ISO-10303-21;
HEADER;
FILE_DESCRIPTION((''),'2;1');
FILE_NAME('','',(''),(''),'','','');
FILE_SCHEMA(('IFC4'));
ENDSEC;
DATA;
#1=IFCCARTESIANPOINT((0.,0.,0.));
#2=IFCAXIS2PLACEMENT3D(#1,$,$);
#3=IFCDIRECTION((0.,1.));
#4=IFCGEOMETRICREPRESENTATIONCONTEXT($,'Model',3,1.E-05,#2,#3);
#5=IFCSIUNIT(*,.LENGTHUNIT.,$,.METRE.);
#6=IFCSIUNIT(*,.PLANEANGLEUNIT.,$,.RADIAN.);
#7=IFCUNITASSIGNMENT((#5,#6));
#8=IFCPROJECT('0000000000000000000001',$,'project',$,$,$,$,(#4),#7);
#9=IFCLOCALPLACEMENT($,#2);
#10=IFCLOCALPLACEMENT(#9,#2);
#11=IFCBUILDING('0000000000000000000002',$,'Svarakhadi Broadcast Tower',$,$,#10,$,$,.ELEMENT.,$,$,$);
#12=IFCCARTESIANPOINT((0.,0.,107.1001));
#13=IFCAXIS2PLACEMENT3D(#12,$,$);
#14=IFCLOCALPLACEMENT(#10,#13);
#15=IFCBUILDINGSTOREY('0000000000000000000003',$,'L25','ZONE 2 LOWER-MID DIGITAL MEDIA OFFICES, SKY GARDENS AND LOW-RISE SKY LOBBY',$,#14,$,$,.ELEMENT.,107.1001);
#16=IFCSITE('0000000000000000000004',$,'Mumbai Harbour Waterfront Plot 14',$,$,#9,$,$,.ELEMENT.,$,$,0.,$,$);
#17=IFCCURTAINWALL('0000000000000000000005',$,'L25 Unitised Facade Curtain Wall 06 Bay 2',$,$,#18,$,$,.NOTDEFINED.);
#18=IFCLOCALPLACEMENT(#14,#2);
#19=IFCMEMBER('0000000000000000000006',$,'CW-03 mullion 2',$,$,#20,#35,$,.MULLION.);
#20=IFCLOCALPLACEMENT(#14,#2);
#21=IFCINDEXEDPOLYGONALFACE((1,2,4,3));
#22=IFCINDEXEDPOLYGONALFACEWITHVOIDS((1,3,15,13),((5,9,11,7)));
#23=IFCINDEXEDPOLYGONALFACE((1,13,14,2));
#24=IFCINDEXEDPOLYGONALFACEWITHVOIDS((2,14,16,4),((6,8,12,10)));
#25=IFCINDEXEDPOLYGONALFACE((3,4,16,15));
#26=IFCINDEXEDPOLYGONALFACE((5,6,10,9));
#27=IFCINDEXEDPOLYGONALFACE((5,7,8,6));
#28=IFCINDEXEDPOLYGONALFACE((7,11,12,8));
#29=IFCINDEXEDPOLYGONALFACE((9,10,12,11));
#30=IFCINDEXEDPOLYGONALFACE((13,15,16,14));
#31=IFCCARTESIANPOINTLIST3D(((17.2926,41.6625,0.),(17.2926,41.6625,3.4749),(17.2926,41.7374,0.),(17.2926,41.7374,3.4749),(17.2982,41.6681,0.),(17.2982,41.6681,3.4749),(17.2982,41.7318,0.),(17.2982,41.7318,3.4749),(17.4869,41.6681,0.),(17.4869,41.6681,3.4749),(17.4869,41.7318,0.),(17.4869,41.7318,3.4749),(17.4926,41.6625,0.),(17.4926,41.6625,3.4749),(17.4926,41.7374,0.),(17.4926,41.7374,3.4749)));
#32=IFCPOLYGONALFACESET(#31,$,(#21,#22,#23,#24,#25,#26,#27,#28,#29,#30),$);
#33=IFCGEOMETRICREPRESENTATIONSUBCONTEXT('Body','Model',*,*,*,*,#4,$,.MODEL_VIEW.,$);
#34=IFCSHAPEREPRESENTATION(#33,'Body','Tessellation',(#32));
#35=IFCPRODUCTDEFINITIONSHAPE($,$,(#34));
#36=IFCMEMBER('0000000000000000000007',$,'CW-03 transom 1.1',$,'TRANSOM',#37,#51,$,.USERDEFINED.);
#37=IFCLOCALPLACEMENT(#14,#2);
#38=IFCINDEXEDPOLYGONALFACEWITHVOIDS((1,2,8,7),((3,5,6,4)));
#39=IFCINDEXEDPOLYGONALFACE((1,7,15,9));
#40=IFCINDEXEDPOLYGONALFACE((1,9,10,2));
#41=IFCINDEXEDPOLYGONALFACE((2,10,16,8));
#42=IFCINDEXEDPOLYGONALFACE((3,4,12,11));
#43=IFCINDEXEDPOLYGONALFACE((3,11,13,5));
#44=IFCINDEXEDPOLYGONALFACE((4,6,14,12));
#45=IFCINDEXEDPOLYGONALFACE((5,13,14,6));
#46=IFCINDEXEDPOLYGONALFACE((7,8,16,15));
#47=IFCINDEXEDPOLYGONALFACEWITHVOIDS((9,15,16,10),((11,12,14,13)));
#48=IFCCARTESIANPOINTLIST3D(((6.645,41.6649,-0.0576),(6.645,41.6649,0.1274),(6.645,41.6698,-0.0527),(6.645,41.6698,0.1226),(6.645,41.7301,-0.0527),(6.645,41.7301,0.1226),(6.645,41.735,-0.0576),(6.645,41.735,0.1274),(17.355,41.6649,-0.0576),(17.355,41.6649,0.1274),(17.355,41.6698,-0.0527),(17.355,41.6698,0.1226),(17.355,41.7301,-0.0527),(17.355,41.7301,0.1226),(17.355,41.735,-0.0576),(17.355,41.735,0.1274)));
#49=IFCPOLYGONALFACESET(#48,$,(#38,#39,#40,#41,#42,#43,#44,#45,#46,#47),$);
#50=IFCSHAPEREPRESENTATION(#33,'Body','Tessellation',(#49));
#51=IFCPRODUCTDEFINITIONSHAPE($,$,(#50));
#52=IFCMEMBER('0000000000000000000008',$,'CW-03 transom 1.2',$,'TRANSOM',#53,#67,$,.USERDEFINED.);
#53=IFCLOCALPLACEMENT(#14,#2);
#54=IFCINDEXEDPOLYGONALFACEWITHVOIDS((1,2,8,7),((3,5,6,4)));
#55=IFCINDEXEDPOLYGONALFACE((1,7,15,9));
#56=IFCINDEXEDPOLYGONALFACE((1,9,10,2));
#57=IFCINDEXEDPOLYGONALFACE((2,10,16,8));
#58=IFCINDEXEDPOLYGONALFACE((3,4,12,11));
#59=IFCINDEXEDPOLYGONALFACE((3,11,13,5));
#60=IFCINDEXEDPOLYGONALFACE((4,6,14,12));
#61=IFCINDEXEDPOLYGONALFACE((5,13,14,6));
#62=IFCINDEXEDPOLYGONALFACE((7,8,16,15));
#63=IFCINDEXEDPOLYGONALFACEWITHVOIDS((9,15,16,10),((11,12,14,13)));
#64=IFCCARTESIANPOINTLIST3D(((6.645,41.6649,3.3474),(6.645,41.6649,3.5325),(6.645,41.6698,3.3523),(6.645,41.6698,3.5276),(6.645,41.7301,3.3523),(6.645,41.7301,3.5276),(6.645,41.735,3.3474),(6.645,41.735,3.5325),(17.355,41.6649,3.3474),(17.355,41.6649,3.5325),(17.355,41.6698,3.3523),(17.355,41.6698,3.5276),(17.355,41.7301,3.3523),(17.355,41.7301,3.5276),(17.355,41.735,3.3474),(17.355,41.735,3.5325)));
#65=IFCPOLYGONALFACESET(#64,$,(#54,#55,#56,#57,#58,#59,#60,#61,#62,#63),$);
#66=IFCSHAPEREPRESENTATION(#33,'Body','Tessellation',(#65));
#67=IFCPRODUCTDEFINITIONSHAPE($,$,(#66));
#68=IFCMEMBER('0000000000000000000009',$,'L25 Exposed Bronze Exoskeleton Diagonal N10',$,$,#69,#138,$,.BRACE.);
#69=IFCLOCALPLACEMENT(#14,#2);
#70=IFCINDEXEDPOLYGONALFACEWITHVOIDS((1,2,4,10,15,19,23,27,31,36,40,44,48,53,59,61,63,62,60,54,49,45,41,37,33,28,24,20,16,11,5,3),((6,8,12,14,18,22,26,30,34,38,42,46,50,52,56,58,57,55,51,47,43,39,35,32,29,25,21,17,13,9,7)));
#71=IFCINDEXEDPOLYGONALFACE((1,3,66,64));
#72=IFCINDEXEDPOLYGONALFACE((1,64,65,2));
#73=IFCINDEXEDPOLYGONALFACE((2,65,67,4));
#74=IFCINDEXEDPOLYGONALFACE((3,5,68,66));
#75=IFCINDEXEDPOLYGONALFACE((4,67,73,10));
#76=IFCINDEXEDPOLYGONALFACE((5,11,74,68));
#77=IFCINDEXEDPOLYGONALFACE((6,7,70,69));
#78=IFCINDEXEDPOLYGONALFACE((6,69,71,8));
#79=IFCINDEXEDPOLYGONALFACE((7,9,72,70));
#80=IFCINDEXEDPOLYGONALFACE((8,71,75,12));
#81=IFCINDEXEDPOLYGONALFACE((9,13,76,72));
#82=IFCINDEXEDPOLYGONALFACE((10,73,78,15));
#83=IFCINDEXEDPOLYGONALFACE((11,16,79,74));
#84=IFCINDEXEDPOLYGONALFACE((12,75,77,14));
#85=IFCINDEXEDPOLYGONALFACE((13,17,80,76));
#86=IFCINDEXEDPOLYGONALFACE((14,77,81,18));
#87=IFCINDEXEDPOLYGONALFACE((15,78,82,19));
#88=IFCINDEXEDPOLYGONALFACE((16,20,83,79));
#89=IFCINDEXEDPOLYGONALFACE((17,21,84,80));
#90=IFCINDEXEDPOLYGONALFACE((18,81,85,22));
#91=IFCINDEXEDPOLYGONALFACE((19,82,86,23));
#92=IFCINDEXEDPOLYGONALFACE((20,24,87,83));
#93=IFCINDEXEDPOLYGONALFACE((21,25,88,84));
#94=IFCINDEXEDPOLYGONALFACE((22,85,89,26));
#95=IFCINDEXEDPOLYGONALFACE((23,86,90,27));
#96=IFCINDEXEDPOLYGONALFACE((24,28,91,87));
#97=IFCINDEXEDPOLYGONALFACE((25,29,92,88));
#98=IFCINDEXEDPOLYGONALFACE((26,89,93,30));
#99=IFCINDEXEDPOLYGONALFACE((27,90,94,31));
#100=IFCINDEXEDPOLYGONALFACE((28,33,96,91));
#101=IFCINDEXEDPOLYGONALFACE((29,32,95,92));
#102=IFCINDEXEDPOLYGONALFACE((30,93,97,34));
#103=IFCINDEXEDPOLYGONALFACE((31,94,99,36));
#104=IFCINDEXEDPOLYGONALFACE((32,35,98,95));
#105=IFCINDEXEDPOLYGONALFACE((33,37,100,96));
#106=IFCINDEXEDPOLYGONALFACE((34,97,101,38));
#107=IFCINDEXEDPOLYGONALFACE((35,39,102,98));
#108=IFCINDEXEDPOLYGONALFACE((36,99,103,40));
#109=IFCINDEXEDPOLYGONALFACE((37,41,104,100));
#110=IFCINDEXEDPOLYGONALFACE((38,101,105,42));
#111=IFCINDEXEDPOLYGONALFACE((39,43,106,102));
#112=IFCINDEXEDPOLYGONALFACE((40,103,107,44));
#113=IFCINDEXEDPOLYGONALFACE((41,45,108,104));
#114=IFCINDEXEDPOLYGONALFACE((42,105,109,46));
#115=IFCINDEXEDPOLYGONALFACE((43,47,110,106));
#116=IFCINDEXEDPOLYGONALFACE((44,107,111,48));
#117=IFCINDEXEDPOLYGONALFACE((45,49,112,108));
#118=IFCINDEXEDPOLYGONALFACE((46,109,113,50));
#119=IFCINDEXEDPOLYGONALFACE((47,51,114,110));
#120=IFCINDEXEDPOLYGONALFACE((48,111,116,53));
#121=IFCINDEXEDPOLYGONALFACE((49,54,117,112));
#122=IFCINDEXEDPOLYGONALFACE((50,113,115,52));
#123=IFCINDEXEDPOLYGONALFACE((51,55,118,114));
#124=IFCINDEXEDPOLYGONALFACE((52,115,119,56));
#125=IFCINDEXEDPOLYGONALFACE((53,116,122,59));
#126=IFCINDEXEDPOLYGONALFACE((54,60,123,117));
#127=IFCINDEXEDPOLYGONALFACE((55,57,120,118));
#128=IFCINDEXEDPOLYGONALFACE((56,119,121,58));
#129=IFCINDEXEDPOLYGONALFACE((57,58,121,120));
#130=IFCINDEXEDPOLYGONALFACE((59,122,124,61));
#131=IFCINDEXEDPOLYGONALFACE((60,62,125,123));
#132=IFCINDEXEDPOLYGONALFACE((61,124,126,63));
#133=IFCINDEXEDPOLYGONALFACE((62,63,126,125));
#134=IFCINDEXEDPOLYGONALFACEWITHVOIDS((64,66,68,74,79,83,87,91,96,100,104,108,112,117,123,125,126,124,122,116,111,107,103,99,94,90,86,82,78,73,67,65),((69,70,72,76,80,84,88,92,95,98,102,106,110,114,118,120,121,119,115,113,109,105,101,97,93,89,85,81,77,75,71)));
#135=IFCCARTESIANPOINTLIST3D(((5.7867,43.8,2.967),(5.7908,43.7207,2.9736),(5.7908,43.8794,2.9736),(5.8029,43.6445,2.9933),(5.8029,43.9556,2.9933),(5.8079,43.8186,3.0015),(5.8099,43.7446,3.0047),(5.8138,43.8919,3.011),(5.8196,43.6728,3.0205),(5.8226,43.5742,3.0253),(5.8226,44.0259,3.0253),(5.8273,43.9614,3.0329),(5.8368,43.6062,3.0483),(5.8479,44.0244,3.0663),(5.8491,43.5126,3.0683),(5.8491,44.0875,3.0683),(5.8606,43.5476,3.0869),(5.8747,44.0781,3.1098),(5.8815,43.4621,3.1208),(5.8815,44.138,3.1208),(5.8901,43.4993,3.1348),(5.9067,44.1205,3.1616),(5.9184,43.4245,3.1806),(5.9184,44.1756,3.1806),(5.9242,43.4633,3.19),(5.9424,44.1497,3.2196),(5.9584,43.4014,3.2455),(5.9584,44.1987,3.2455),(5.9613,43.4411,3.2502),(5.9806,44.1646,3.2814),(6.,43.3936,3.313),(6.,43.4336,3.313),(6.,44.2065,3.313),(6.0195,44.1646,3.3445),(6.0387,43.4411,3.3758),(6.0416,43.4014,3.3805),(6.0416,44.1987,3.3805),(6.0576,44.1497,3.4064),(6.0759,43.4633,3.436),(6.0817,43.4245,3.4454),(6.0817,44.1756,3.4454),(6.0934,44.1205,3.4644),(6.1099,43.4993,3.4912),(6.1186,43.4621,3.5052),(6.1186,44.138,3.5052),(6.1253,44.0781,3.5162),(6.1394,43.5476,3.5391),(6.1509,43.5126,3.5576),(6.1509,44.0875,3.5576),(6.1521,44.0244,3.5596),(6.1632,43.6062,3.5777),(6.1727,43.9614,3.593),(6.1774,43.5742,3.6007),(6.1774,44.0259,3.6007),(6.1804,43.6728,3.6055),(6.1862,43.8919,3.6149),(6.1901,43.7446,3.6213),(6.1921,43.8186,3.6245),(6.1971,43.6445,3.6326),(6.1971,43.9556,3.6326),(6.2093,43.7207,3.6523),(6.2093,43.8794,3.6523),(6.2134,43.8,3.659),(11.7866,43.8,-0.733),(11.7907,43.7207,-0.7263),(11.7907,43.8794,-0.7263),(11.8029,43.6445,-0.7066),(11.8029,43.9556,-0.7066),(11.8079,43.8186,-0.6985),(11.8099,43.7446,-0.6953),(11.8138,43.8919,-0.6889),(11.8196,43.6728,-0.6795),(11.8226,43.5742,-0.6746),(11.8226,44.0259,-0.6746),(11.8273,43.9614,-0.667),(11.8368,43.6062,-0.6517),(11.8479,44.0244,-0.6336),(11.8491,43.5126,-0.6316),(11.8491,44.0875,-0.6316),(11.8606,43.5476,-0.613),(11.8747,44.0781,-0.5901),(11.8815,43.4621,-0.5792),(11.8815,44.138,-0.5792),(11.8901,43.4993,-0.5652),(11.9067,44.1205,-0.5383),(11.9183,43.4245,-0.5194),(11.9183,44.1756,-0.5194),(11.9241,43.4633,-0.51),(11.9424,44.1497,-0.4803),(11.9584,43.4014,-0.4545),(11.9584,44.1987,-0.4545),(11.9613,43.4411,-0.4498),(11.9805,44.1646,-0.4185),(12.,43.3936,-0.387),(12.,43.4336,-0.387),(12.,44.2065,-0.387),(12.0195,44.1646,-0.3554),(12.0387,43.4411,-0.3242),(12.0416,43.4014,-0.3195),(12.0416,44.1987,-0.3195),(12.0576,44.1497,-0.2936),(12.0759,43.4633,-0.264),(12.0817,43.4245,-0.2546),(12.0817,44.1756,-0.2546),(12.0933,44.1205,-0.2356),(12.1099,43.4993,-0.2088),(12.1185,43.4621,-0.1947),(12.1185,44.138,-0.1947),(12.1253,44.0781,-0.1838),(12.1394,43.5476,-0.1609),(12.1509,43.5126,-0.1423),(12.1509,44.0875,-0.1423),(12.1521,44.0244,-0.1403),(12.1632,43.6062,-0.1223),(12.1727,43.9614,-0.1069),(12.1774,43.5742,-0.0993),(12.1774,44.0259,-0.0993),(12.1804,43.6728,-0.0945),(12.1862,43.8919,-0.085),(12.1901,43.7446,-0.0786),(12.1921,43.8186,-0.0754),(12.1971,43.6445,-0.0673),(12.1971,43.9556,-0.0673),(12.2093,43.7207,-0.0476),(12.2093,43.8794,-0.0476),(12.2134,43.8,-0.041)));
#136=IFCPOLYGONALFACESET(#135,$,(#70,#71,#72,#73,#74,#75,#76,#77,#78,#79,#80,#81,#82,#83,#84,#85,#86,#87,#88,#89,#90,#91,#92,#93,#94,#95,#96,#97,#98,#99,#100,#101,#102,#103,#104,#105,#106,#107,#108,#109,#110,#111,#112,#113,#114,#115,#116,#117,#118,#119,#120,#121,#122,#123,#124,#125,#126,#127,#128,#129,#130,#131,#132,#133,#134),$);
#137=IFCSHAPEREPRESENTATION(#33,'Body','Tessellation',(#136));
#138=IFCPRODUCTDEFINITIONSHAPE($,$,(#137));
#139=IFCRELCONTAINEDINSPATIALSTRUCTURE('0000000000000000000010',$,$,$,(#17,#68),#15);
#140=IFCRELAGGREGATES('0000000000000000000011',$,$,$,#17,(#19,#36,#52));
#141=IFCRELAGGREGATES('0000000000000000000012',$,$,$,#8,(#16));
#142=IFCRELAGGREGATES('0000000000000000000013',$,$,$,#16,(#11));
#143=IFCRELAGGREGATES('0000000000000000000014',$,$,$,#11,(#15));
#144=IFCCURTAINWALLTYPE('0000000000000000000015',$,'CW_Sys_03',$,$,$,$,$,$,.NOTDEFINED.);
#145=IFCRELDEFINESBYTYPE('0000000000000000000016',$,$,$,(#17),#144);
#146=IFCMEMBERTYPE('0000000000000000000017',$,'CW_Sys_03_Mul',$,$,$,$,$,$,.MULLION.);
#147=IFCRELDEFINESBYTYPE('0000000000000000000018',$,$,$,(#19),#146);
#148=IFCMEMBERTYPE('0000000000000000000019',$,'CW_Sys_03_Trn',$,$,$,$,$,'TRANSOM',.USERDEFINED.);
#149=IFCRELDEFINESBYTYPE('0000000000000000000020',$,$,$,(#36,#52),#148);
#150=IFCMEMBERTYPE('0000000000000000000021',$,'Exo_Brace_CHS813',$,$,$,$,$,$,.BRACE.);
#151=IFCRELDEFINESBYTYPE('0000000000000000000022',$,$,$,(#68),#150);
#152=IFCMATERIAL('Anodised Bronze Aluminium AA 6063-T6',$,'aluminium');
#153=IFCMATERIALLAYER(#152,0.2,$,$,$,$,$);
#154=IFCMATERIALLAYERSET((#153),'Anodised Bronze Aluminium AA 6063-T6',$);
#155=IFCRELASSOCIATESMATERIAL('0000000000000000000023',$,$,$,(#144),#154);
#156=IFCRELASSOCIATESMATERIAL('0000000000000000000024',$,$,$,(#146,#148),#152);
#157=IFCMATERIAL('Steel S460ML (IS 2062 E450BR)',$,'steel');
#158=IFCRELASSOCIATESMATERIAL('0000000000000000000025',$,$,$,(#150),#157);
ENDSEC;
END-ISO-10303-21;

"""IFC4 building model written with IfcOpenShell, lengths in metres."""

from ifc_helpers import new_model, si_unit, direction, frame, origin, origin_2d, place, context, subcontext, project, spatial, hollow_rectangle, hollow_circle, extrude, material, layer, layer_set, material_profile, profile_set, type_object, element, aggregate, save


model = new_model("IFC4")

# Units and contexts
model_context = context("Model", 3, precision=1e-05, world=origin(), true_north=direction((0.0, 1.0)))
body_context = subcontext(model_context, "Body", "Model", "MODEL_VIEW")
ifc_project = project(units=[si_unit("LENGTHUNIT", "METRE"), si_unit("PLANEANGLEUNIT", "RADIAN")], contexts=[model_context])

# Site, building, storey
site_placement = place(None, origin())
site = spatial("IfcSite", under=ifc_project, at=site_placement, Name="Mumbai Harbour Waterfront Plot 14", CompositionType="ELEMENT", RefElevation=0.0)
building_placement = place(site_placement, origin())
building = spatial("IfcBuilding", under=site, at=building_placement, Name="Svarakhadi Broadcast Tower", CompositionType="ELEMENT")
storey_placement = place(building_placement, frame((0.0, 0.0, 107.1001)))
storey = spatial("IfcBuildingStorey", under=building, at=storey_placement, Name="L25", Description="ZONE 2 LOWER-MID DIGITAL MEDIA OFFICES, SKY GARDENS AND LOW-RISE SKY LOBBY", CompositionType="ELEMENT", Elevation=107.1001)

# Shared definitions
ifc_material_1 = material(Name="Steel S460ML (IS 2062 E450BR)", Category="steel")

# Curtain wall, members
ifc_material_2 = material(Name="Anodised Bronze Aluminium AA 6063-T6", Category="aluminium")
ifc_layer_1 = layer(ifc_material_2, 0.2)
ifc_layer_set_1 = layer_set([ifc_layer_1], Name="Anodised Bronze Aluminium AA 6063-T6")
curtain_wall_type = type_object("IfcCurtainWallType", Name="CW_Sys_03", PredefinedType="NOTDEFINED", material=ifc_layer_set_1)
curtain_wall_placement = place(storey_placement, origin())
curtain_wall = element("IfcCurtainWall", 1, at=curtain_wall_placement, inside=storey, type_object=curtain_wall_type, Name="L25 Unitised Facade Curtain Wall 06 Bay 2", PredefinedType="NOTDEFINED")
ifc_material_profile_1 = material_profile(ifc_material_2, hollow_rectangle(XDim=0.075, YDim=0.2, WallThickness=0.0056, at=origin_2d()), Name="ALU MULLION 200x75x6")
ifc_profile_set_1 = profile_set([ifc_material_profile_1], Name="Anodised Bronze Aluminium AA 6063-T6")
member_type_1 = type_object("IfcMemberType", Name="CW_Sys_03_Mul", PredefinedType="MULLION", material=ifc_profile_set_1)
member_1_placement = place(storey_placement, frame((17.3926, 41.7, 0.0), z_axis=(0.0, 0.0, 1.0), x_axis=(0.0, 1.0, 0.0)))
member_1 = element("IfcMember", 2, at=member_1_placement, type_object=member_type_1, Name="CW-03 mullion 2", PredefinedType="MULLION", context=body_context, shape_type="SweptSolid", body=[
    extrude(hollow_rectangle(XDim=0.075, YDim=0.2, WallThickness=0.0056, at=origin_2d()), origin(), (0.0, 0.0, 1.0), 3.4749),
])
ifc_material_profile_2 = material_profile(ifc_material_2, hollow_rectangle(XDim=0.0701, YDim=0.1851, WallThickness=0.0049, at=origin_2d()), Name="ALU TRANSOM 185x70x5")
ifc_profile_set_2 = profile_set([ifc_material_profile_2], Name="Anodised Bronze Aluminium AA 6063-T6")
member_type_2 = type_object("IfcMemberType", Name="CW_Sys_03_Trn", ElementType="TRANSOM", PredefinedType="USERDEFINED", material=ifc_profile_set_2)
member_2_placement = place(storey_placement, frame((6.645, 41.7, 0.0349), z_axis=(1.0, 0.0, 0.0), x_axis=(0.0, 1.0, 0.0)))
member_2 = element("IfcMember", 3, at=member_2_placement, type_object=member_type_2, Name="CW-03 transom 1.1", ObjectType="TRANSOM", PredefinedType="USERDEFINED", context=body_context, shape_type="SweptSolid", body=[
    extrude(hollow_rectangle(XDim=0.0701, YDim=0.1851, WallThickness=0.0049, at=origin_2d()), origin(), (0.0, 0.0, 1.0), 10.71),
])
member_3_placement = place(storey_placement, frame((6.645, 41.7, 3.4399), z_axis=(1.0, 0.0, 0.0), x_axis=(0.0, 1.0, 0.0)))
member_3 = element("IfcMember", 4, at=member_3_placement, type_object=member_type_2, Name="CW-03 transom 1.2", ObjectType="TRANSOM", PredefinedType="USERDEFINED", context=body_context, shape_type="SweptSolid", body=[
    extrude(hollow_rectangle(XDim=0.0701, YDim=0.1851, WallThickness=0.0049, at=origin_2d()), origin(), (0.0, 0.0, 1.0), 10.71),
])

# Member
ifc_material_profile_3 = material_profile(ifc_material_1, hollow_circle(Radius=0.4065, WallThickness=0.04, at=origin_2d()), Name="CHS 813x40")
ifc_profile_set_3 = profile_set([ifc_material_profile_3], Name="Steel S460ML (IS 2062 E450BR)")
member_type_3 = type_object("IfcMemberType", Name="Exo_Brace_CHS813", PredefinedType="BRACE", material=ifc_profile_set_3)
for number, where, z_axis, x_axis, name in (
    (5, (12.0, 43.8, -0.387), (-0.851174, 0.0, 0.524884), (0.0, -1.0, 0.0), "L25 Exposed Bronze Exoskeleton Diagonal N10"),
):
    element("IfcMember", number, at=place(storey_placement, frame(where, z_axis=z_axis, x_axis=x_axis)), inside=storey, type_object=member_type_3, Name=name, PredefinedType="BRACE", context=body_context, shape_type="SweptSolid", body=[
        extrude(hollow_circle(Radius=0.4065, WallThickness=0.04, at=origin_2d()), origin(), (0.0, 0.0, 1.0), 7.0491),
    ])

aggregate(curtain_wall, [member_1, member_2, member_3])

save(model, "model.ifc")
